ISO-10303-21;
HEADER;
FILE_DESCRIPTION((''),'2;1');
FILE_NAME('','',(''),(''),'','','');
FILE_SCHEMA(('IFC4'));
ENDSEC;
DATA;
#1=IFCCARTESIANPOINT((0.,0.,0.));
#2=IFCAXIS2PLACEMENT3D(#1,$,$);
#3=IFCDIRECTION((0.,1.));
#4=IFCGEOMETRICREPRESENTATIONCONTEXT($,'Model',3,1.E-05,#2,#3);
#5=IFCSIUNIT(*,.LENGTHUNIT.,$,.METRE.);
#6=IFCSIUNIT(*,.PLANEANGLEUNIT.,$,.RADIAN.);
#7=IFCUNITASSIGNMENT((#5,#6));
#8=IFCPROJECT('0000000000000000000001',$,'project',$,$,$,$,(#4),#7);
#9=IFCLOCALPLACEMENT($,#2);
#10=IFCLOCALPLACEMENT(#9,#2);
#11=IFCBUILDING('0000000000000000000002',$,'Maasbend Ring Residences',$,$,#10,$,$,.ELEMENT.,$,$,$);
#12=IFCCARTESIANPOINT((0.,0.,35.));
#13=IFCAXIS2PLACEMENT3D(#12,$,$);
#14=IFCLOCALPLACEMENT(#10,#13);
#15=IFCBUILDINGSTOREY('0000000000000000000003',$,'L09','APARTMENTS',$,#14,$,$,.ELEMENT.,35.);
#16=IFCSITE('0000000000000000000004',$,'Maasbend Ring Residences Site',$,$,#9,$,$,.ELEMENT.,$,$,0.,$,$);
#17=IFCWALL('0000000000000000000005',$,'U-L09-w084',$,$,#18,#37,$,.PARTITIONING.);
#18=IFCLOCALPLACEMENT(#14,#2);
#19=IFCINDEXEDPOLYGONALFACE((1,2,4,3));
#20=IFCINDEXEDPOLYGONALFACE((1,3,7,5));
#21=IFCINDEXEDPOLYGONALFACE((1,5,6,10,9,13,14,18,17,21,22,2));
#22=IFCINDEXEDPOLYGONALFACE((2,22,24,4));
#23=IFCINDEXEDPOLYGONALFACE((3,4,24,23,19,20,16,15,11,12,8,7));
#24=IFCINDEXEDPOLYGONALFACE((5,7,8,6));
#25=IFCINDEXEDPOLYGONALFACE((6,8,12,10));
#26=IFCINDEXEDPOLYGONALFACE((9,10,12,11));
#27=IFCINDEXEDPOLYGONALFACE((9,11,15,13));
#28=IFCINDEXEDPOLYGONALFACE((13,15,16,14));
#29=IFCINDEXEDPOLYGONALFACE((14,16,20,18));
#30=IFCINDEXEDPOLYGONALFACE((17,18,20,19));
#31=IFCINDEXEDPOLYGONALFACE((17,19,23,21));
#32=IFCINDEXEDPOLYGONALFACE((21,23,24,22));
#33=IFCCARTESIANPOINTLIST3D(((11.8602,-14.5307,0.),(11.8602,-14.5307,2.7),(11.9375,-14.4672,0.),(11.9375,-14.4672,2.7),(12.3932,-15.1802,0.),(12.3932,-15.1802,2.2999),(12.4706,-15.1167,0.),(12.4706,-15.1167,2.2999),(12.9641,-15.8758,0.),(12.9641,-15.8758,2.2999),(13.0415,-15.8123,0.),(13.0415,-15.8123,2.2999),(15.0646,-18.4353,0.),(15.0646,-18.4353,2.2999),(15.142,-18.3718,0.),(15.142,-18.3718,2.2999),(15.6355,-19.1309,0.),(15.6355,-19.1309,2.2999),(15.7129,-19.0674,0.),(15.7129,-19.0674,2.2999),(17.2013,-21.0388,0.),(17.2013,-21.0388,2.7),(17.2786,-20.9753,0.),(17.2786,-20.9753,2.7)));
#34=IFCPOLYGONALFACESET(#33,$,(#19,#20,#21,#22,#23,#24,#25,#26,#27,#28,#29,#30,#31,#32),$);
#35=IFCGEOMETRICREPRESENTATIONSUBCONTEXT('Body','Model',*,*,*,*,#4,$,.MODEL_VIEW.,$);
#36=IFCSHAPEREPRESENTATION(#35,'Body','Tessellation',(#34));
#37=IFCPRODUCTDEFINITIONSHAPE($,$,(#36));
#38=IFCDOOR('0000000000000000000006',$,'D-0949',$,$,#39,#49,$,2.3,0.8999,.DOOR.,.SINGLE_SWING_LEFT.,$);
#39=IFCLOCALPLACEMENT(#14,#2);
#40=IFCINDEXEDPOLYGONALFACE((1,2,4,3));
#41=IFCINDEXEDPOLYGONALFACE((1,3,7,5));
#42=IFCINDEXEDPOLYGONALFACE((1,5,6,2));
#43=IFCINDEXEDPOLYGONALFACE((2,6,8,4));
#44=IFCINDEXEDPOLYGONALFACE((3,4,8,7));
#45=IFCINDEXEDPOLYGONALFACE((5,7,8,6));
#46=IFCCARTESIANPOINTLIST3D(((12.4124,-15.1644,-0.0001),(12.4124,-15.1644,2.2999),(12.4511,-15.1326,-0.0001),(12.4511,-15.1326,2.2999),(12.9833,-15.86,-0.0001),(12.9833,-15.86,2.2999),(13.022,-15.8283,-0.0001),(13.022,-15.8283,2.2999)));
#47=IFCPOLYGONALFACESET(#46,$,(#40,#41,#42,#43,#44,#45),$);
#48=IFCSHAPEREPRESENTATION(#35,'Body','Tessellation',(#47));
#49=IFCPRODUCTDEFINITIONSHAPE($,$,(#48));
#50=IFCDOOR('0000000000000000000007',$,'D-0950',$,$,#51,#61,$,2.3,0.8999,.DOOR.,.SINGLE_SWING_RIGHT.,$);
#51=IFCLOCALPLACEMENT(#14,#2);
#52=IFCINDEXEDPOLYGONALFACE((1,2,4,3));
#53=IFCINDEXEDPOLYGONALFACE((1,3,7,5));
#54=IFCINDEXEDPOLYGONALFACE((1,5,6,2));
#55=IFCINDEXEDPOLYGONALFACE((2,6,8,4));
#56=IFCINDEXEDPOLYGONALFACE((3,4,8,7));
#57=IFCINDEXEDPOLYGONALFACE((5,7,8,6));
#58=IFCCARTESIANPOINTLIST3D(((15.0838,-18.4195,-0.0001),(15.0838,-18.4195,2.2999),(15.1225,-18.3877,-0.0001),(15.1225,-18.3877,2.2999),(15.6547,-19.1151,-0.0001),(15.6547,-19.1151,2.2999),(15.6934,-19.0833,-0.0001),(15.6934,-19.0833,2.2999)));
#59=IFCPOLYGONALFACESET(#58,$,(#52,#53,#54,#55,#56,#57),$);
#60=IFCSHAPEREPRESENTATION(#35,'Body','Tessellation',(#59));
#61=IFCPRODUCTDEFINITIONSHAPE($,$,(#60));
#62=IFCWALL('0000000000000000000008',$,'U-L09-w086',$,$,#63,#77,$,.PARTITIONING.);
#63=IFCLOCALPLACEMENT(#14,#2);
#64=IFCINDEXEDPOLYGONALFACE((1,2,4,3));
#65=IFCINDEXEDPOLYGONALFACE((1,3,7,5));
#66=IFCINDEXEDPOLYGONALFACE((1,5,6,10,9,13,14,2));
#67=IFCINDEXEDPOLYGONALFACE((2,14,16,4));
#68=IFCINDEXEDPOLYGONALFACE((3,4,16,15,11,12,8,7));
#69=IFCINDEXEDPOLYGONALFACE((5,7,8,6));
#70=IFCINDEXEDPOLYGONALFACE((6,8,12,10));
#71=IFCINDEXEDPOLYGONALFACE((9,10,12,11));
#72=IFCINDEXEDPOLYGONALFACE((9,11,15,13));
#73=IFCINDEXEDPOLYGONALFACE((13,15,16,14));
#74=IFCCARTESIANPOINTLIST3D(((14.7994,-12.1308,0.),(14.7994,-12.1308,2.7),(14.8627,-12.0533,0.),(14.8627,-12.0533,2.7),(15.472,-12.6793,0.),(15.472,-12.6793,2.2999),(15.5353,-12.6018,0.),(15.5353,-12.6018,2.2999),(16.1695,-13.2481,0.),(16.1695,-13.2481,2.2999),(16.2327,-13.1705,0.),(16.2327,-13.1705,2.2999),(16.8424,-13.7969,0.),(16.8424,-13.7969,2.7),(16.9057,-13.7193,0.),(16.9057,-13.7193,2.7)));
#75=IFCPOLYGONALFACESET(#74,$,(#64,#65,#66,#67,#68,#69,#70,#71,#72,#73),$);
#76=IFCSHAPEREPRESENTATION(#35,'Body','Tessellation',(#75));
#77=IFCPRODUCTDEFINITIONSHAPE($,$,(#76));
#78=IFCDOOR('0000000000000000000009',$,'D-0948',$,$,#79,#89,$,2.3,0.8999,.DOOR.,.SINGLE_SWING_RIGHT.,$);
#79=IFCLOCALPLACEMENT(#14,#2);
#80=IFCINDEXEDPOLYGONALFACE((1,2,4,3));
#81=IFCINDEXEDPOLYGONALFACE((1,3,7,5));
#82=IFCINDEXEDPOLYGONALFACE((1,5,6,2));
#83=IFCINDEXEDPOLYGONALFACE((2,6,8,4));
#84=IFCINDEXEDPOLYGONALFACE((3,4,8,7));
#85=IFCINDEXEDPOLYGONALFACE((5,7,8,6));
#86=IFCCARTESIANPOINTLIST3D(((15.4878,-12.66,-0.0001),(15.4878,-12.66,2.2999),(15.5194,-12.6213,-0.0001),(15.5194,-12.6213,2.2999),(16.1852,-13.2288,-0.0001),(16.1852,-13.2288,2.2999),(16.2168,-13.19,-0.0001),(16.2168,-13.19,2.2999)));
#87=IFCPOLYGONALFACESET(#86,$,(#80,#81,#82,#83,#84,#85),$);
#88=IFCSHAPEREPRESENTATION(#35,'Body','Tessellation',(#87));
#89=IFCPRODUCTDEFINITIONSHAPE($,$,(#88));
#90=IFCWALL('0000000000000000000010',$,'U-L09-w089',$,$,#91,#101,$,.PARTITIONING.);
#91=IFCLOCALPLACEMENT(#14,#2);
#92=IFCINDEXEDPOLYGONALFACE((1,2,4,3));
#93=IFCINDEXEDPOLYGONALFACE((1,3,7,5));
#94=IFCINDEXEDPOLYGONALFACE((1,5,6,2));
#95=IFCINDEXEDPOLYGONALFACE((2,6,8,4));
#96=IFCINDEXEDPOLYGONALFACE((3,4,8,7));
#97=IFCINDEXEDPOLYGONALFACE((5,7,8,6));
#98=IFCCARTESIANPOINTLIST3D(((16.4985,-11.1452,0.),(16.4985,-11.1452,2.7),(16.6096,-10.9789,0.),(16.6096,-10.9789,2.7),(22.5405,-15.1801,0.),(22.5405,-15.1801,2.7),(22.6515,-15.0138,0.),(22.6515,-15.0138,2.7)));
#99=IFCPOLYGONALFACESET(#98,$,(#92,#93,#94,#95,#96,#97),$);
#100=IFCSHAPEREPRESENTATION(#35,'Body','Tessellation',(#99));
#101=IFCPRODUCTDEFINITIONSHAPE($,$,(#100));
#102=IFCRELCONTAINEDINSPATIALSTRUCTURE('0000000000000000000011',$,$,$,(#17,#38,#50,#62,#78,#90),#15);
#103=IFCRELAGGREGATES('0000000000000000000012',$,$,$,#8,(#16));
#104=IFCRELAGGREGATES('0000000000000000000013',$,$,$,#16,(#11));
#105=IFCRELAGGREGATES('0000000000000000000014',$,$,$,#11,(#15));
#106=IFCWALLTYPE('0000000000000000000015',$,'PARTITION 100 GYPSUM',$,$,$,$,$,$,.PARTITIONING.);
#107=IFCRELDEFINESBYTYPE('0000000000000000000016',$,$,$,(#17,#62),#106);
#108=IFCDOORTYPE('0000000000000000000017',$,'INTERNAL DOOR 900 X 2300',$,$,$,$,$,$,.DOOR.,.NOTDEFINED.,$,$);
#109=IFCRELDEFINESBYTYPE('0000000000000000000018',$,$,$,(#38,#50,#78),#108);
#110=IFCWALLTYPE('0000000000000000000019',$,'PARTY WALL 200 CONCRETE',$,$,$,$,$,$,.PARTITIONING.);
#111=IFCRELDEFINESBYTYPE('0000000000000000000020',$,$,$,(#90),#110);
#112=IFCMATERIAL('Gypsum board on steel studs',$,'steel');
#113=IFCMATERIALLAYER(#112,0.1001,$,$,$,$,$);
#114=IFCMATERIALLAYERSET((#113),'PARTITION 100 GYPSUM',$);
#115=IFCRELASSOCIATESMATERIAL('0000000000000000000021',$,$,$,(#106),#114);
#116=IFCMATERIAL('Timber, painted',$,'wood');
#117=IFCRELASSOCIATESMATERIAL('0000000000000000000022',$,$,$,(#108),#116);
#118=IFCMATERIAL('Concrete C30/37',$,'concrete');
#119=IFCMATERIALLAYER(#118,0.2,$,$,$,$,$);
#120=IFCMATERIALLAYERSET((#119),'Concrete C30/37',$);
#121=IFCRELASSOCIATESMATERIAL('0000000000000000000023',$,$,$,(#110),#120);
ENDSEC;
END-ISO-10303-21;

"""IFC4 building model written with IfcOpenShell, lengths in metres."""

from ifc_helpers import new_model, si_unit, direction, frame, frame_2d, origin, place, context, subcontext, project, spatial, rectangle, extrude, material, layer, layer_set, type_object, element, fill, save


model = new_model("IFC4")

# Units and contexts
model_context = context("Model", 3, precision=1e-05, world=origin(), true_north=direction((0.0, 1.0)))
body_context = subcontext(model_context, "Body", "Model", "MODEL_VIEW")
ifc_project = project(units=[si_unit("LENGTHUNIT", "METRE"), si_unit("PLANEANGLEUNIT", "RADIAN")], contexts=[model_context])

# Site, building, storey
site_placement = place(None, origin())
site = spatial("IfcSite", under=ifc_project, at=site_placement, Name="Maasbend Ring Residences Site", CompositionType="ELEMENT", RefElevation=0.0)
building_placement = place(site_placement, origin())
building = spatial("IfcBuilding", under=site, at=building_placement, Name="Maasbend Ring Residences", CompositionType="ELEMENT")
storey_placement = place(building_placement, frame((0.0, 0.0, 35.0)))
storey = spatial("IfcBuildingStorey", under=building, at=storey_placement, Name="L09", Description="APARTMENTS", CompositionType="ELEMENT", Elevation=35.0)

# Shared definitions
ifc_material_1 = material(Name="Gypsum board on steel studs", Category="steel")
ifc_layer_1 = layer(ifc_material_1, 0.1001)
ifc_layer_set_1 = layer_set([ifc_layer_1], Name="PARTITION 100 GYPSUM")
wall_type_1 = type_object("IfcWallType", Name="PARTITION 100 GYPSUM", PredefinedType="PARTITIONING", material=ifc_layer_set_1)

# Wall, openings, doors
wall_1_placement = place(storey_placement, frame((11.8989, -14.499, 0.0), z_axis=(0.0, 0.0, 1.0), x_axis=(0.634396, -0.773008, 0.0)))
wall_1 = element("IfcWall", 1, at=wall_1_placement, inside=storey, type_object=wall_type_1, Name="U-L09-w084", PredefinedType="PARTITIONING", context=body_context, shape_type="SweptSolid", body=[
    extrude(rectangle(XDim=8.4192, YDim=0.1001, at=frame_2d((4.2095, 0.0))), origin(), (0.0, 0.0, 1.0), 2.7),
])
opening_1_placement = place(wall_1_placement, frame((0.8401, 0.0, 0.0)))
opening_1 = element("IfcOpeningElement", 2, at=opening_1_placement, cuts=wall_1, PredefinedType="OPENING", context=body_context, shape_type="SweptSolid", body=[
    extrude(rectangle(XDim=0.8999, YDim=2.3, at=frame_2d((0.45, 1.1499))), frame((0.0, 0.0601, 0.0), z_axis=(0.0, -1.0, 0.0), x_axis=(1.0, 0.0, 0.0)), (0.0, 0.0, 1.0), 0.1201),
])
opening_2_placement = place(wall_1_placement, frame((5.051, 0.0, 0.0)))
opening_2 = element("IfcOpeningElement", 3, at=opening_2_placement, cuts=wall_1, PredefinedType="OPENING", context=body_context, shape_type="SweptSolid", body=[
    extrude(rectangle(XDim=0.8999, YDim=2.3, at=frame_2d((0.45, 1.1499))), frame((0.0, 0.0601, 0.0), z_axis=(0.0, -1.0, 0.0), x_axis=(1.0, 0.0, 0.0)), (0.0, 0.0, 1.0), 0.1201),
])
ifc_material_2 = material(Name="Timber, painted", Category="wood")
door_type_1 = type_object("IfcDoorType", Name="INTERNAL DOOR 900 X 2300", OperationType="NOTDEFINED", PredefinedType="DOOR", material=ifc_material_2)
door_1_placement = place(opening_1_placement, origin())
door_1 = element("IfcDoor", 4, at=door_1_placement, inside=storey, type_object=door_type_1, Name="D-0949", OperationType="SINGLE_SWING_LEFT", OverallHeight=2.3, OverallWidth=0.8999, PredefinedType="DOOR", context=body_context, shape_type="SweptSolid", body=[
    extrude(rectangle(XDim=0.8999, YDim=2.3, at=frame_2d((0.45, 1.1499))), frame((0.0, 0.0249, 0.0), z_axis=(0.0, -1.0, 0.0), x_axis=(1.0, 0.0, 0.0)), (0.0, 0.0, 1.0), 0.05),
])
fill(opening_1, door_1)
door_2_placement = place(opening_2_placement, origin())
door_2 = element("IfcDoor", 5, at=door_2_placement, inside=storey, type_object=door_type_1, Name="D-0950", OperationType="SINGLE_SWING_RIGHT", OverallHeight=2.3, OverallWidth=0.8999, PredefinedType="DOOR", context=body_context, shape_type="SweptSolid", body=[
    extrude(rectangle(XDim=0.8999, YDim=2.3, at=frame_2d((0.45, 1.1499))), frame((0.0, 0.0249, 0.0), z_axis=(0.0, -1.0, 0.0), x_axis=(1.0, 0.0, 0.0)), (0.0, 0.0, 1.0), 0.05),
])
fill(opening_2, door_2)

# Wall, opening, door
wall_2_placement = place(storey_placement, frame((14.8311, -12.092, 0.0), z_axis=(0.0, 0.0, 1.0), x_axis=(0.77498, -0.631986, 0.0)))
wall_2 = element("IfcWall", 6, at=wall_2_placement, inside=storey, type_object=wall_type_1, Name="U-L09-w086", PredefinedType="PARTITIONING", context=body_context, shape_type="SweptSolid", body=[
    extrude(rectangle(XDim=2.6362, YDim=0.1001, at=frame_2d((1.3181, 0.0))), origin(), (0.0, 0.0, 1.0), 2.7),
])
opening_3_placement = place(wall_2_placement, frame((0.8679, 0.0, 0.0)))
opening_3 = element("IfcOpeningElement", 7, at=opening_3_placement, cuts=wall_2, PredefinedType="OPENING", context=body_context, shape_type="SweptSolid", body=[
    extrude(rectangle(XDim=0.8999, YDim=2.3, at=frame_2d((0.45, 1.1499))), frame((0.0, 0.0601, 0.0), z_axis=(0.0, -1.0, 0.0), x_axis=(1.0, 0.0, 0.0)), (0.0, 0.0, 1.0), 0.1201),
])
door_3_placement = place(opening_3_placement, origin())
door_3 = element("IfcDoor", 8, at=door_3_placement, inside=storey, type_object=door_type_1, Name="D-0948", OperationType="SINGLE_SWING_RIGHT", OverallHeight=2.3, OverallWidth=0.8999, PredefinedType="DOOR", context=body_context, shape_type="SweptSolid", body=[
    extrude(rectangle(XDim=0.8999, YDim=2.3, at=frame_2d((0.45, 1.1499))), frame((0.0, 0.0249, 0.0), z_axis=(0.0, -1.0, 0.0), x_axis=(1.0, 0.0, 0.0)), (0.0, 0.0, 1.0), 0.05),
])
fill(opening_3, door_3)

# Wall
ifc_material_3 = material(Name="Concrete C30/37", Category="concrete")
ifc_layer_2 = layer(ifc_material_3, 0.2)
ifc_layer_set_2 = layer_set([ifc_layer_2], Name="Concrete C30/37")
wall_type_2 = type_object("IfcWallType", Name="PARTY WALL 200 CONCRETE", PredefinedType="PARTITIONING", material=ifc_layer_set_2)
wall_3_placement = place(storey_placement, frame((16.554, -11.062, 0.0), z_axis=(0.0, 0.0, 1.0), x_axis=(0.831611, -0.555359, 0.0)))
element("IfcWall", 9, at=wall_3_placement, inside=storey, type_object=wall_type_2, Name="U-L09-w089", PredefinedType="PARTITIONING", context=body_context, shape_type="SweptSolid", body=[
    extrude(rectangle(XDim=7.2654, YDim=0.2, at=frame_2d((3.6328, 0.0))), origin(), (0.0, 0.0, 1.0), 2.7),
])

save(model, "model.ifc")
